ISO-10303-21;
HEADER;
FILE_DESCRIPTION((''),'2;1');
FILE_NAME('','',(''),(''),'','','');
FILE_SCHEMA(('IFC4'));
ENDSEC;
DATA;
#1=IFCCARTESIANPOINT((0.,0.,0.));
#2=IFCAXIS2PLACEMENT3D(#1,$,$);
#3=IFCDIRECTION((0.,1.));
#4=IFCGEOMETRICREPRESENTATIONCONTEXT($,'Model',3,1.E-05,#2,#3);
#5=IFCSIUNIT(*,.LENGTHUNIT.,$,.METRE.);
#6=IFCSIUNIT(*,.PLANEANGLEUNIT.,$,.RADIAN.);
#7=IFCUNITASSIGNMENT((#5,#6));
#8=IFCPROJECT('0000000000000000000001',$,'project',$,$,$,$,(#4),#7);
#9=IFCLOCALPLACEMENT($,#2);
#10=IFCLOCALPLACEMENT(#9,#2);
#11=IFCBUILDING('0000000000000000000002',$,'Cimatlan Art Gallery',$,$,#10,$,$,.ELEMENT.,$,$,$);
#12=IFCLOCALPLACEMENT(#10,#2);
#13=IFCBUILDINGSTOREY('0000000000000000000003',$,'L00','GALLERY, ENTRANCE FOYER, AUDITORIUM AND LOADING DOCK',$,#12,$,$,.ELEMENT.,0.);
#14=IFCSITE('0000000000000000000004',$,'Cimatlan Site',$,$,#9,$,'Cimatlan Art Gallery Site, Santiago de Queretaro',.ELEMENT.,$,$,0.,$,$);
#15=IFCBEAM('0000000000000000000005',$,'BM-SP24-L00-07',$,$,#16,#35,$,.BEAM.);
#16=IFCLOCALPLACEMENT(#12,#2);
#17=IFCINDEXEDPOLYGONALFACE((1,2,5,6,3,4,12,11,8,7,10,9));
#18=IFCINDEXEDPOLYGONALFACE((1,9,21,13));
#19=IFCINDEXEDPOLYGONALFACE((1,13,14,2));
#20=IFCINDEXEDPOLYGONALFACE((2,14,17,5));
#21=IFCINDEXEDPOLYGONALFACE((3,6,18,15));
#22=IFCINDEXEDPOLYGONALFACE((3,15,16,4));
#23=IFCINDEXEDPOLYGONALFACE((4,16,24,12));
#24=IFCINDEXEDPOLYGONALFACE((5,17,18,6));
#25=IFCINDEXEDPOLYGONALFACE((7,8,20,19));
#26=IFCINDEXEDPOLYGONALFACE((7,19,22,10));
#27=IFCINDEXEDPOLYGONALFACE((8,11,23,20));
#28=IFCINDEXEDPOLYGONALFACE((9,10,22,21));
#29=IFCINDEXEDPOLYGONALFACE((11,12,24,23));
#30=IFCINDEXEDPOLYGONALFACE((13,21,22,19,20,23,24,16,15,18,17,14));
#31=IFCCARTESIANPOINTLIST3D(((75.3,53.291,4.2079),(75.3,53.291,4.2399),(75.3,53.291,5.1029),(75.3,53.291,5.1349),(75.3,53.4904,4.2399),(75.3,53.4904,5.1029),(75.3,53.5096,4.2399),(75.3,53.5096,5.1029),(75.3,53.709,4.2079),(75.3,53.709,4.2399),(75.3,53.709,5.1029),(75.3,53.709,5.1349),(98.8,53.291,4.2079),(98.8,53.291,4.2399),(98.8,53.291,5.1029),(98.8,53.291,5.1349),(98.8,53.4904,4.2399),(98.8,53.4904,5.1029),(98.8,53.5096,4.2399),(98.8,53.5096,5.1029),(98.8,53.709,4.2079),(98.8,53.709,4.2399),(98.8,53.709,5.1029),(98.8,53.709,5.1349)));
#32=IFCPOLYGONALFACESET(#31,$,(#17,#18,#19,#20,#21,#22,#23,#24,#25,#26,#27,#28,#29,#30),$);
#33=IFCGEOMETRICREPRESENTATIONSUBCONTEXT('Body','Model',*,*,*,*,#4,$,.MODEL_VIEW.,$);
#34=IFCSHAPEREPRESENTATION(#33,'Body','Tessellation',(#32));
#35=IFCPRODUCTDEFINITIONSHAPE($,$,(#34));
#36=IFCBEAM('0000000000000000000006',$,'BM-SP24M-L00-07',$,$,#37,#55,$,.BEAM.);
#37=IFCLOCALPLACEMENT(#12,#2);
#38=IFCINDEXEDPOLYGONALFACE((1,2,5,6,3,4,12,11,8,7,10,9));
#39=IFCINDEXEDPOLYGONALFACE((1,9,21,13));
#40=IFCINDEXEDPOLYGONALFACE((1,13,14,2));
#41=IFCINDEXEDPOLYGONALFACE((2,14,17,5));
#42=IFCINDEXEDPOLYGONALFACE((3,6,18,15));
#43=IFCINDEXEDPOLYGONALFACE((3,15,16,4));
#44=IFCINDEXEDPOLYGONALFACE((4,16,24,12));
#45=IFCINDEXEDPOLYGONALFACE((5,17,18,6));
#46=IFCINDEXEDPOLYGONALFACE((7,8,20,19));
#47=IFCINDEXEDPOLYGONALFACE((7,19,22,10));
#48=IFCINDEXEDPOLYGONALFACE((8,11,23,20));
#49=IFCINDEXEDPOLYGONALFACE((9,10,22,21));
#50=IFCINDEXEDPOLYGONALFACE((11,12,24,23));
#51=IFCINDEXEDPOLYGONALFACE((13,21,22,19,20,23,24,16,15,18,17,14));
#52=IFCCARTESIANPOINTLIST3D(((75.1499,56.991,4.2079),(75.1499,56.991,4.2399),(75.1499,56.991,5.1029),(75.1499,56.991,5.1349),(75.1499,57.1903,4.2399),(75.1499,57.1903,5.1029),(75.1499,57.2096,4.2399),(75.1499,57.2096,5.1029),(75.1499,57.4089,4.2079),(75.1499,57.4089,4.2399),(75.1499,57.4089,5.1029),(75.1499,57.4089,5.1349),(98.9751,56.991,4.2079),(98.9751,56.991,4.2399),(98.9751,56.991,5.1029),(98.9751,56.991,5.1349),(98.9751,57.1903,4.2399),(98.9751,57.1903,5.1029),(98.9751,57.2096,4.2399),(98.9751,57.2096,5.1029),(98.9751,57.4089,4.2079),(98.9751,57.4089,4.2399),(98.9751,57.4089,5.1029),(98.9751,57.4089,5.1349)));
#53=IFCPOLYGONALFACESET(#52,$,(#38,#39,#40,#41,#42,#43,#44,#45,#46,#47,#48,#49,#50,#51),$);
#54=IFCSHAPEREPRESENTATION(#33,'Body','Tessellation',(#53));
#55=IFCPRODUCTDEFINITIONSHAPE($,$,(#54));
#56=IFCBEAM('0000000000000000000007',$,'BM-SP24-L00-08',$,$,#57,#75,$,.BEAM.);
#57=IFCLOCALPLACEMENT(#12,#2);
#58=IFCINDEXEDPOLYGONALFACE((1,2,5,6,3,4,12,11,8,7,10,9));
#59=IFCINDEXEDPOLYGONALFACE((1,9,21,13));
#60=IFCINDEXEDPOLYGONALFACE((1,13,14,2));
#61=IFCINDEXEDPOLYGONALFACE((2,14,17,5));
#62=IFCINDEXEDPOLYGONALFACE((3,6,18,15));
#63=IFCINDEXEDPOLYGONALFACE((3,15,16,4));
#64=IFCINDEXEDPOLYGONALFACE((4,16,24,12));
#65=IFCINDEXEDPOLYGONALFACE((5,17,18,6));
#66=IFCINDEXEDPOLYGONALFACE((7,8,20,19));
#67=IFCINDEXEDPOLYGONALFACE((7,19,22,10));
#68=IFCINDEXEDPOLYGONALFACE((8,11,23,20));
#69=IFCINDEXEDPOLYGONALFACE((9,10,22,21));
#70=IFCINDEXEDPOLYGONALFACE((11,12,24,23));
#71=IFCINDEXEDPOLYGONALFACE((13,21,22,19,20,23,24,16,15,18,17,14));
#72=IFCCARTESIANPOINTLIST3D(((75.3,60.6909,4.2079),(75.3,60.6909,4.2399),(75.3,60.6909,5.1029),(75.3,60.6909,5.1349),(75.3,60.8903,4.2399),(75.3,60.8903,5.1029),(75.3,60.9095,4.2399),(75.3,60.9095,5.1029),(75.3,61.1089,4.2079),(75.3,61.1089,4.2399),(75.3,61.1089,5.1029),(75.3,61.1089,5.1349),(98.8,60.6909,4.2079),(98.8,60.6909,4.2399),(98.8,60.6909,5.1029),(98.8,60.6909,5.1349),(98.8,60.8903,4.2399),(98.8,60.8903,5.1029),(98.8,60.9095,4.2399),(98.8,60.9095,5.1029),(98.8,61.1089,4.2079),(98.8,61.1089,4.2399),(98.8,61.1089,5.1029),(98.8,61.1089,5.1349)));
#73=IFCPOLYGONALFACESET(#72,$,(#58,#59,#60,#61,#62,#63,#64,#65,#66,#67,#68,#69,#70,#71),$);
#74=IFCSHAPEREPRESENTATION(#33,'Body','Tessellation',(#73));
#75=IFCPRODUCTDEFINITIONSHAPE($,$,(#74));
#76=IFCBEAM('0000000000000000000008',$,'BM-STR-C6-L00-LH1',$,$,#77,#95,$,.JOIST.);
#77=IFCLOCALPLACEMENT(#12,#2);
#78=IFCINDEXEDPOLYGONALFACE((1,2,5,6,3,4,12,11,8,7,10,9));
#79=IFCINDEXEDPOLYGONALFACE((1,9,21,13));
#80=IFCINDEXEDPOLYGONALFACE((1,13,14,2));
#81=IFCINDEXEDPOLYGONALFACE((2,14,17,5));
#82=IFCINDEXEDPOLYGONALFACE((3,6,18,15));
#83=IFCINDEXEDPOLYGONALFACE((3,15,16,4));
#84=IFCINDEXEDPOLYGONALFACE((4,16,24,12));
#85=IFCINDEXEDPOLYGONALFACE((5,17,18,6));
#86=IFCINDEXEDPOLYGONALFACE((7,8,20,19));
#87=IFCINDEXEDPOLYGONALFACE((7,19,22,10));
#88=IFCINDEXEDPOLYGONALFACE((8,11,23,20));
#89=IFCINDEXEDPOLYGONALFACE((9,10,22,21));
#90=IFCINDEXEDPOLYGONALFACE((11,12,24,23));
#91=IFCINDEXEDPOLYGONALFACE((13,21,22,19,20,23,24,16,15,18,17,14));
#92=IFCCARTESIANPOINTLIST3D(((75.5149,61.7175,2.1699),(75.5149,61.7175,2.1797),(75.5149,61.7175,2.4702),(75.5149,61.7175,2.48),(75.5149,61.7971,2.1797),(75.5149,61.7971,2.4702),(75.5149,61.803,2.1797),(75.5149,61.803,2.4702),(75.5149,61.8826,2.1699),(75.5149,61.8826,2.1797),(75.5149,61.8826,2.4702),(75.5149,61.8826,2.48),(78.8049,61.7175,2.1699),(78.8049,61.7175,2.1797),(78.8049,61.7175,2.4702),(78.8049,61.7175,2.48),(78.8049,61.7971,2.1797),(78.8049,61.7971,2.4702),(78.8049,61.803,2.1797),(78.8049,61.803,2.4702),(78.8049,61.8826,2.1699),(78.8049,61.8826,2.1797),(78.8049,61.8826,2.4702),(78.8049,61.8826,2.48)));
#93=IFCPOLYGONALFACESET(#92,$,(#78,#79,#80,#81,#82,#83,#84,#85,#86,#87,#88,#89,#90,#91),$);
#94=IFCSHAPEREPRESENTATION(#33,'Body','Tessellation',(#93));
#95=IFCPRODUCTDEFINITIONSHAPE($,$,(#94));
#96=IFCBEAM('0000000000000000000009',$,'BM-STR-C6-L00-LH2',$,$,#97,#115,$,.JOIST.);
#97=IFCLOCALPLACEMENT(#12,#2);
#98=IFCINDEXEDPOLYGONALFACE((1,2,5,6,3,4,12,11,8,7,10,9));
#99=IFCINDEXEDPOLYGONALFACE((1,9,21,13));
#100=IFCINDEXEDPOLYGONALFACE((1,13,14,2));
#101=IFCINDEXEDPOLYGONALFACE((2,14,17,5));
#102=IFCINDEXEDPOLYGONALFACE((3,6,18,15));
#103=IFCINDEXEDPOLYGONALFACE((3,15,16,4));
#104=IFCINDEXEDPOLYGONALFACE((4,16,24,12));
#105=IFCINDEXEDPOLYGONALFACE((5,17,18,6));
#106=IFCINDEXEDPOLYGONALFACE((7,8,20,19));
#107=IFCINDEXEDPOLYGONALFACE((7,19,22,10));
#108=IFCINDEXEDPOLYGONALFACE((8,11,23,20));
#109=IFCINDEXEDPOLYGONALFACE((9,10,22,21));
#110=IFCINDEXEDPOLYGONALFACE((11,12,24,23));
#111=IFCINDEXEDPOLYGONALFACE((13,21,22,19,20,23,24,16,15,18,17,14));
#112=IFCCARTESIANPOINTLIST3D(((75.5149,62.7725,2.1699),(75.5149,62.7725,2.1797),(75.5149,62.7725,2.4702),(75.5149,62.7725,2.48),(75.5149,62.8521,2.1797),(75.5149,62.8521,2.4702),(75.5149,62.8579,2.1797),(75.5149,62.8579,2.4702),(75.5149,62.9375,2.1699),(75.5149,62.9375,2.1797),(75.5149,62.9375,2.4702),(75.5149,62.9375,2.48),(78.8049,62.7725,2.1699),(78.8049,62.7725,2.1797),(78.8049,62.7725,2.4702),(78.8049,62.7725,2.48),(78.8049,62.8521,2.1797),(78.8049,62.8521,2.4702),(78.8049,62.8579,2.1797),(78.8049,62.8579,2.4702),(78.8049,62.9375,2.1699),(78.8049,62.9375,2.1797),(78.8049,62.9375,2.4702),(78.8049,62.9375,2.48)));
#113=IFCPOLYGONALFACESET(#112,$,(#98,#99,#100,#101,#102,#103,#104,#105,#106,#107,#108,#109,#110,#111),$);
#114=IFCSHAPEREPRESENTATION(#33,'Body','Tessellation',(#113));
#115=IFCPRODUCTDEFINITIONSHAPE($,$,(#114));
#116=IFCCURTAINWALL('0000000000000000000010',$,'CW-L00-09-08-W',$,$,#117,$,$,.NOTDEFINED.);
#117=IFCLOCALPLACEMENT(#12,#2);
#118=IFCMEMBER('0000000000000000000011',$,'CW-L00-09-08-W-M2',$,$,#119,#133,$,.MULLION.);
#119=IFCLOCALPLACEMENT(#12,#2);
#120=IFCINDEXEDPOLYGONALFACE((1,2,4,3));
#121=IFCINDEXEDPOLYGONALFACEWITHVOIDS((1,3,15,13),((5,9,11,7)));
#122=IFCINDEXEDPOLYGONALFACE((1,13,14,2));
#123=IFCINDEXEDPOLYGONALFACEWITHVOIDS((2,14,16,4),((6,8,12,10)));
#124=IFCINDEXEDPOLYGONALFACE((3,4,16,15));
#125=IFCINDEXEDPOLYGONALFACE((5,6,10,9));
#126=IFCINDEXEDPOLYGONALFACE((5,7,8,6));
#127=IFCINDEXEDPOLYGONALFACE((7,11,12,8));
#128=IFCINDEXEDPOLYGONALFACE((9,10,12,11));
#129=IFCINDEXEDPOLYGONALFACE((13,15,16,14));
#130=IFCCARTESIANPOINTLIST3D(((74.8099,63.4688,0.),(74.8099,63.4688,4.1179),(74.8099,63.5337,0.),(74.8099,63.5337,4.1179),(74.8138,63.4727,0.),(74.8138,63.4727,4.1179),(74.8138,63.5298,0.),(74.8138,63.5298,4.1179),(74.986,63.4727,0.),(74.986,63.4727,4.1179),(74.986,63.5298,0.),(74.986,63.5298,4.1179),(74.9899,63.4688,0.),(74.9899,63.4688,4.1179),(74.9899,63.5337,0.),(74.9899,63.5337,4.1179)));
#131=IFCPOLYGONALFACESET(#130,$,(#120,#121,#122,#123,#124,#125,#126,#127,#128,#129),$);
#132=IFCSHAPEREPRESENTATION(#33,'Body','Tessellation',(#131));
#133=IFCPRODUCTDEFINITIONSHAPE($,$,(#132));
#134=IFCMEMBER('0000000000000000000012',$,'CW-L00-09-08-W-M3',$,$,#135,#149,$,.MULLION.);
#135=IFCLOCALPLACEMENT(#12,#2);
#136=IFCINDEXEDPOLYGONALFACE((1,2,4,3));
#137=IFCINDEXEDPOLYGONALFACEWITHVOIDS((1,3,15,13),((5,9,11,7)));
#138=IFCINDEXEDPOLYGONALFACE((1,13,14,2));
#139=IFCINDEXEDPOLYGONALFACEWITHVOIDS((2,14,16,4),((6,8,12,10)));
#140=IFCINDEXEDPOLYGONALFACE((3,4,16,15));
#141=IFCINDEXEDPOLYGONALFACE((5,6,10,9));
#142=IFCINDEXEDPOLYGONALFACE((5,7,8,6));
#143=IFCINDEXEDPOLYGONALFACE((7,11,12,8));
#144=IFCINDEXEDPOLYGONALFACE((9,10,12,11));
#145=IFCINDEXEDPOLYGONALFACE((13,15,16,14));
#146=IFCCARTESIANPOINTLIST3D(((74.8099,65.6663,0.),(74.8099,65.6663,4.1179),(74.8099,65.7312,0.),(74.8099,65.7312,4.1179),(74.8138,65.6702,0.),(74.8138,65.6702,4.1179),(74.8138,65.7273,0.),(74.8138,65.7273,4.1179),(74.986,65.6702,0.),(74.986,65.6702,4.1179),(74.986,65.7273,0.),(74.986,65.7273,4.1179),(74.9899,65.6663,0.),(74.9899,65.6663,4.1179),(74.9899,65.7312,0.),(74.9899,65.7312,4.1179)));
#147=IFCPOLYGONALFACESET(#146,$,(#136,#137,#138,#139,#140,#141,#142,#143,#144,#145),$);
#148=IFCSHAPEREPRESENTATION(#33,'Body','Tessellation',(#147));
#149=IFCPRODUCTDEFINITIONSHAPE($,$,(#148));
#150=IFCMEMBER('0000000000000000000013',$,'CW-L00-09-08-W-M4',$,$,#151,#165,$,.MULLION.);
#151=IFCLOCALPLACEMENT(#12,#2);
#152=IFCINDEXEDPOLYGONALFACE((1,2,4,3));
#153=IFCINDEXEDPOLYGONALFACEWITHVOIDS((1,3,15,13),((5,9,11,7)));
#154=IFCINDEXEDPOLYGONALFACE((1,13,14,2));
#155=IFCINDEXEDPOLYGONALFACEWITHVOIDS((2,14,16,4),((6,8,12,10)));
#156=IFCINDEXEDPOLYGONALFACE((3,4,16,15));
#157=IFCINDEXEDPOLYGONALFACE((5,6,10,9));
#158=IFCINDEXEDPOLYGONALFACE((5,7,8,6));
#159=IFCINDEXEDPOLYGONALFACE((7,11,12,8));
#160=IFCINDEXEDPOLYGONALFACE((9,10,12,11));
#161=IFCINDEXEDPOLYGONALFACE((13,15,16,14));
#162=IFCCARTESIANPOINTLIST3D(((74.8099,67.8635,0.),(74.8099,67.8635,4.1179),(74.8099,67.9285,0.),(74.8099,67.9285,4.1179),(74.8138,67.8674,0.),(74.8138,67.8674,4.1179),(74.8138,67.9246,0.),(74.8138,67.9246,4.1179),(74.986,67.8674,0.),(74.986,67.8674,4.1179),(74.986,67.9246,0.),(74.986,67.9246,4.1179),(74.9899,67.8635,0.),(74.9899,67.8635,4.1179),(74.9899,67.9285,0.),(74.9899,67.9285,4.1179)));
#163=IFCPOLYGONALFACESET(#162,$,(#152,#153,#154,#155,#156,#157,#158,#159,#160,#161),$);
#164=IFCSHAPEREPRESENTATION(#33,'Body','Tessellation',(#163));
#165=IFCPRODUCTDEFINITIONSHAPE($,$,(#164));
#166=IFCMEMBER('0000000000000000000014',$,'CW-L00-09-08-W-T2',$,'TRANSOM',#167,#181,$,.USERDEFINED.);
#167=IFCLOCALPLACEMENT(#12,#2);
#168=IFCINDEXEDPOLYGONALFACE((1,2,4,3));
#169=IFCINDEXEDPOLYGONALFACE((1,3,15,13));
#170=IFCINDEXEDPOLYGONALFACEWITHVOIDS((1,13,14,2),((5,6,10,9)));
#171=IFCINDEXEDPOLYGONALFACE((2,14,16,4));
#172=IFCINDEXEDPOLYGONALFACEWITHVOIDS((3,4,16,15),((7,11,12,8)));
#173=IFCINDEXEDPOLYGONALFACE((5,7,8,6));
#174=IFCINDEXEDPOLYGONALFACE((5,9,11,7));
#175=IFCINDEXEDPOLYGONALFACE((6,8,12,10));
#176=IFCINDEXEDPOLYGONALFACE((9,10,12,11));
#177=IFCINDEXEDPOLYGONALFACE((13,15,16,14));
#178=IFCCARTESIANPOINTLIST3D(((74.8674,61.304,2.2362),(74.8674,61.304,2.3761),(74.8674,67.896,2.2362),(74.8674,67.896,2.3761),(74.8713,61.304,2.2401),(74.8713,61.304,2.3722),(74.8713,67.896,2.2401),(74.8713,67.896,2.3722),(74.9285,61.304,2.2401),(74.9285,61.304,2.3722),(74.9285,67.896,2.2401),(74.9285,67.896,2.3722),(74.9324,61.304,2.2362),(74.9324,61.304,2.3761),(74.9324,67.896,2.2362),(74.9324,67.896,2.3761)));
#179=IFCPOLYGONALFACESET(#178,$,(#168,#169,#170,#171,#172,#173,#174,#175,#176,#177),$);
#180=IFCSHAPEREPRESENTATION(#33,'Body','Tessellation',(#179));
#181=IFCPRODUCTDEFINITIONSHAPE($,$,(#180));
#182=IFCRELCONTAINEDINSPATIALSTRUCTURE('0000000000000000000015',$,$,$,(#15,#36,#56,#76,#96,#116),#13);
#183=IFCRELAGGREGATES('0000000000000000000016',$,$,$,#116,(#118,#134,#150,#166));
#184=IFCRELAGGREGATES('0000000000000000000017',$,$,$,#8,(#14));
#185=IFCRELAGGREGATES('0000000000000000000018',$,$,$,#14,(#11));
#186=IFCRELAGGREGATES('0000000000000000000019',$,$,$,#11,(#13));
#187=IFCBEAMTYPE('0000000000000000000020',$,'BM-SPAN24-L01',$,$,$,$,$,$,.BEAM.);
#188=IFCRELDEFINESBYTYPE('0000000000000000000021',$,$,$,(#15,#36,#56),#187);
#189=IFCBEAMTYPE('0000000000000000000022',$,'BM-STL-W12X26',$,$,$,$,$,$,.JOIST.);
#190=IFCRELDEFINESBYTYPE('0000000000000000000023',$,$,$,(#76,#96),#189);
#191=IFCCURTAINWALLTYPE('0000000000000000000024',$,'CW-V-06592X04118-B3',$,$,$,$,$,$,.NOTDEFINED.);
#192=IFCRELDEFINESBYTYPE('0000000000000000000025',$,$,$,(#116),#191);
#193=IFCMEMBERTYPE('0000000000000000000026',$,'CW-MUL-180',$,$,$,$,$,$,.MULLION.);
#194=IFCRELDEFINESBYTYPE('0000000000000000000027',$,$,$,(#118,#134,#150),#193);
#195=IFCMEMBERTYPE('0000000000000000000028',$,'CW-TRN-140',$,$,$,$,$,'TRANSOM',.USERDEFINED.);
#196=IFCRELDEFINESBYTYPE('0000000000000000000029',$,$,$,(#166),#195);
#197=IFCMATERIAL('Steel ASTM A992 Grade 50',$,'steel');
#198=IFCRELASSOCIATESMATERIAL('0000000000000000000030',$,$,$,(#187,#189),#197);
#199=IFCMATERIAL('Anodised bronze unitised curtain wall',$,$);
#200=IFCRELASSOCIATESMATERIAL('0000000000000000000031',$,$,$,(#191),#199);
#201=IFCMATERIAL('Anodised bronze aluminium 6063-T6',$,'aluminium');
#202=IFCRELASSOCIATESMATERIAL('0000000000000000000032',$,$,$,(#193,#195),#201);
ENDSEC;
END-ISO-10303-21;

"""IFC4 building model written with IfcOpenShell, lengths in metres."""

from ifc_helpers import new_model, si_unit, direction, frame, origin, origin_2d, place, context, subcontext, project, spatial, hollow_rectangle, i_section, extrude, material, material_profile, profile_set, type_object, element, aggregate, save


model = new_model("IFC4")

# Units and contexts
model_context = context("Model", 3, precision=1e-05, world=origin(), true_north=direction((0.0, 1.0)))
body_context = subcontext(model_context, "Body", "Model", "MODEL_VIEW")
ifc_project = project(units=[si_unit("LENGTHUNIT", "METRE"), si_unit("PLANEANGLEUNIT", "RADIAN")], contexts=[model_context])

# Site, building, storey
site_placement = place(None, origin())
site = spatial("IfcSite", under=ifc_project, at=site_placement, Name="Cimatlan Site", LongName="Cimatlan Art Gallery Site, Santiago de Queretaro", CompositionType="ELEMENT", RefElevation=0.0)
building_placement = place(site_placement, origin())
building = spatial("IfcBuilding", under=site, at=building_placement, Name="Cimatlan Art Gallery", CompositionType="ELEMENT")
storey_placement = place(building_placement, origin())
storey = spatial("IfcBuildingStorey", under=building, at=storey_placement, Name="L00", Description="GALLERY, ENTRANCE FOYER, AUDITORIUM AND LOADING DOCK", CompositionType="ELEMENT", Elevation=0.0)

# Beams
ifc_material_1 = material(Name="Steel ASTM A992 Grade 50", Category="steel")
ifc_material_profile_1 = material_profile(ifc_material_1, i_section(OverallWidth=0.418, OverallDepth=0.927, WebThickness=0.0193, FlangeThickness=0.032, at=origin_2d()), Name="W36X231")
ifc_profile_set_1 = profile_set([ifc_material_profile_1], Name="Steel ASTM A992 Grade 50")
beam_type_1 = type_object("IfcBeamType", Name="BM-SPAN24-L01", PredefinedType="BEAM", material=ifc_profile_set_1)
beam_1_placement = place(storey_placement, frame((75.3, 53.5, 4.6714), z_axis=(1.0, 0.0, 0.0), x_axis=(0.0, 1.0, 0.0)))
element("IfcBeam", 1, at=beam_1_placement, inside=storey, type_object=beam_type_1, Name="BM-SP24-L00-07", PredefinedType="BEAM", context=body_context, shape_type="SweptSolid", body=[
    extrude(i_section(OverallWidth=0.418, OverallDepth=0.927, WebThickness=0.0193, FlangeThickness=0.032, at=origin_2d()), origin(), (0.0, 0.0, 1.0), 23.5),
])
beam_2_placement = place(storey_placement, frame((75.1499, 57.2, 4.6714), z_axis=(1.0, 0.0, 0.0), x_axis=(0.0, 1.0, 0.0)))
element("IfcBeam", 2, at=beam_2_placement, inside=storey, type_object=beam_type_1, Name="BM-SP24M-L00-07", PredefinedType="BEAM", context=body_context, shape_type="SweptSolid", body=[
    extrude(i_section(OverallWidth=0.418, OverallDepth=0.927, WebThickness=0.0193, FlangeThickness=0.032, at=origin_2d()), origin(), (0.0, 0.0, 1.0), 23.8252),
])
beam_3_placement = place(storey_placement, frame((75.3, 60.8999, 4.6714), z_axis=(1.0, 0.0, 0.0), x_axis=(0.0, 1.0, 0.0)))
element("IfcBeam", 3, at=beam_3_placement, inside=storey, type_object=beam_type_1, Name="BM-SP24-L00-08", PredefinedType="BEAM", context=body_context, shape_type="SweptSolid", body=[
    extrude(i_section(OverallWidth=0.418, OverallDepth=0.927, WebThickness=0.0193, FlangeThickness=0.032, at=origin_2d()), origin(), (0.0, 0.0, 1.0), 23.5),
])
ifc_material_profile_2 = material_profile(ifc_material_1, i_section(OverallWidth=0.165, OverallDepth=0.3101, WebThickness=0.0059, FlangeThickness=0.0098, at=origin_2d()), Name="W12X26")
ifc_profile_set_2 = profile_set([ifc_material_profile_2], Name="Steel ASTM A992 Grade 50")
beam_type_2 = type_object("IfcBeamType", Name="BM-STL-W12X26", PredefinedType="JOIST", material=ifc_profile_set_2)
for number, where, z_axis, x_axis, name in (
    (4, (75.5149, 61.8, 2.325), (1.0, 0.0, 0.0), (0.0, 1.0, 0.0), "BM-STR-C6-L00-LH1"),
    (5, (75.5149, 62.855, 2.325), (1.0, 0.0, 0.0), (0.0, 1.0, 0.0), "BM-STR-C6-L00-LH2"),
):
    element("IfcBeam", number, at=place(storey_placement, frame(where, z_axis=z_axis, x_axis=x_axis)), inside=storey, type_object=beam_type_2, Name=name, PredefinedType="JOIST", context=body_context, shape_type="SweptSolid", body=[
        extrude(i_section(OverallWidth=0.165, OverallDepth=0.3101, WebThickness=0.0059, FlangeThickness=0.0098, at=origin_2d()), origin(), (0.0, 0.0, 1.0), 3.29),
    ])

# Curtain wall, members
ifc_material_2 = material(Name="Anodised bronze unitised curtain wall")
curtain_wall_type = type_object("IfcCurtainWallType", Name="CW-V-06592X04118-B3", PredefinedType="NOTDEFINED", material=ifc_material_2)
curtain_wall_placement = place(storey_placement, origin())
curtain_wall = element("IfcCurtainWall", 6, at=curtain_wall_placement, inside=storey, type_object=curtain_wall_type, Name="CW-L00-09-08-W", PredefinedType="NOTDEFINED")
ifc_material_3 = material(Name="Anodised bronze aluminium 6063-T6", Category="aluminium")
ifc_material_profile_3 = material_profile(ifc_material_3, hollow_rectangle(XDim=0.0649, YDim=0.1799, WallThickness=0.0039, at=origin_2d()), Name="ALU65X180X4")
ifc_profile_set_3 = profile_set([ifc_material_profile_3], Name="Anodised bronze aluminium 6063-T6")
member_type_1 = type_object("IfcMemberType", Name="CW-MUL-180", PredefinedType="MULLION", material=ifc_profile_set_3)
member_1_placement = place(storey_placement, frame((74.8999, 63.5012, 0.0), z_axis=(0.0, 0.0, 1.0), x_axis=(0.0, 1.0, 0.0)))
member_1 = element("IfcMember", 7, at=member_1_placement, type_object=member_type_1, Name="CW-L00-09-08-W-M2", PredefinedType="MULLION", context=body_context, shape_type="SweptSolid", body=[
    extrude(hollow_rectangle(XDim=0.0649, YDim=0.1799, WallThickness=0.0039, at=origin_2d()), origin(), (0.0, 0.0, 1.0), 4.1179),
])
member_2_placement = place(storey_placement, frame((74.8999, 65.6987, 0.0), z_axis=(0.0, 0.0, 1.0), x_axis=(0.0, 1.0, 0.0)))
member_2 = element("IfcMember", 8, at=member_2_placement, type_object=member_type_1, Name="CW-L00-09-08-W-M3", PredefinedType="MULLION", context=body_context, shape_type="SweptSolid", body=[
    extrude(hollow_rectangle(XDim=0.0649, YDim=0.1799, WallThickness=0.0039, at=origin_2d()), origin(), (0.0, 0.0, 1.0), 4.1179),
])
member_3_placement = place(storey_placement, frame((74.8999, 67.896, 0.0), z_axis=(0.0, 0.0, 1.0), x_axis=(0.0, 1.0, 0.0)))
member_3 = element("IfcMember", 9, at=member_3_placement, type_object=member_type_1, Name="CW-L00-09-08-W-M4", PredefinedType="MULLION", context=body_context, shape_type="SweptSolid", body=[
    extrude(hollow_rectangle(XDim=0.0649, YDim=0.1799, WallThickness=0.0039, at=origin_2d()), origin(), (0.0, 0.0, 1.0), 4.1179),
])
ifc_material_profile_4 = material_profile(ifc_material_3, hollow_rectangle(XDim=0.0649, YDim=0.1399, WallThickness=0.0039, at=origin_2d()), Name="ALU65X140X4")
ifc_profile_set_4 = profile_set([ifc_material_profile_4], Name="Anodised bronze aluminium 6063-T6")
member_type_2 = type_object("IfcMemberType", Name="CW-TRN-140", ElementType="TRANSOM", PredefinedType="USERDEFINED", material=ifc_profile_set_4)
member_4_placement = place(storey_placement, frame((74.8999, 61.304, 2.3062), z_axis=(0.0, 1.0, 0.0), x_axis=(-1.0, 0.0, 0.0)))
member_4 = element("IfcMember", 10, at=member_4_placement, type_object=member_type_2, Name="CW-L00-09-08-W-T2", ObjectType="TRANSOM", PredefinedType="USERDEFINED", context=body_context, shape_type="SweptSolid", body=[
    extrude(hollow_rectangle(XDim=0.0649, YDim=0.1399, WallThickness=0.0039, at=origin_2d()), origin(), (0.0, 0.0, 1.0), 6.592),
])
aggregate(curtain_wall, [member_1, member_2, member_3, member_4])

save(model, "model.ifc")
